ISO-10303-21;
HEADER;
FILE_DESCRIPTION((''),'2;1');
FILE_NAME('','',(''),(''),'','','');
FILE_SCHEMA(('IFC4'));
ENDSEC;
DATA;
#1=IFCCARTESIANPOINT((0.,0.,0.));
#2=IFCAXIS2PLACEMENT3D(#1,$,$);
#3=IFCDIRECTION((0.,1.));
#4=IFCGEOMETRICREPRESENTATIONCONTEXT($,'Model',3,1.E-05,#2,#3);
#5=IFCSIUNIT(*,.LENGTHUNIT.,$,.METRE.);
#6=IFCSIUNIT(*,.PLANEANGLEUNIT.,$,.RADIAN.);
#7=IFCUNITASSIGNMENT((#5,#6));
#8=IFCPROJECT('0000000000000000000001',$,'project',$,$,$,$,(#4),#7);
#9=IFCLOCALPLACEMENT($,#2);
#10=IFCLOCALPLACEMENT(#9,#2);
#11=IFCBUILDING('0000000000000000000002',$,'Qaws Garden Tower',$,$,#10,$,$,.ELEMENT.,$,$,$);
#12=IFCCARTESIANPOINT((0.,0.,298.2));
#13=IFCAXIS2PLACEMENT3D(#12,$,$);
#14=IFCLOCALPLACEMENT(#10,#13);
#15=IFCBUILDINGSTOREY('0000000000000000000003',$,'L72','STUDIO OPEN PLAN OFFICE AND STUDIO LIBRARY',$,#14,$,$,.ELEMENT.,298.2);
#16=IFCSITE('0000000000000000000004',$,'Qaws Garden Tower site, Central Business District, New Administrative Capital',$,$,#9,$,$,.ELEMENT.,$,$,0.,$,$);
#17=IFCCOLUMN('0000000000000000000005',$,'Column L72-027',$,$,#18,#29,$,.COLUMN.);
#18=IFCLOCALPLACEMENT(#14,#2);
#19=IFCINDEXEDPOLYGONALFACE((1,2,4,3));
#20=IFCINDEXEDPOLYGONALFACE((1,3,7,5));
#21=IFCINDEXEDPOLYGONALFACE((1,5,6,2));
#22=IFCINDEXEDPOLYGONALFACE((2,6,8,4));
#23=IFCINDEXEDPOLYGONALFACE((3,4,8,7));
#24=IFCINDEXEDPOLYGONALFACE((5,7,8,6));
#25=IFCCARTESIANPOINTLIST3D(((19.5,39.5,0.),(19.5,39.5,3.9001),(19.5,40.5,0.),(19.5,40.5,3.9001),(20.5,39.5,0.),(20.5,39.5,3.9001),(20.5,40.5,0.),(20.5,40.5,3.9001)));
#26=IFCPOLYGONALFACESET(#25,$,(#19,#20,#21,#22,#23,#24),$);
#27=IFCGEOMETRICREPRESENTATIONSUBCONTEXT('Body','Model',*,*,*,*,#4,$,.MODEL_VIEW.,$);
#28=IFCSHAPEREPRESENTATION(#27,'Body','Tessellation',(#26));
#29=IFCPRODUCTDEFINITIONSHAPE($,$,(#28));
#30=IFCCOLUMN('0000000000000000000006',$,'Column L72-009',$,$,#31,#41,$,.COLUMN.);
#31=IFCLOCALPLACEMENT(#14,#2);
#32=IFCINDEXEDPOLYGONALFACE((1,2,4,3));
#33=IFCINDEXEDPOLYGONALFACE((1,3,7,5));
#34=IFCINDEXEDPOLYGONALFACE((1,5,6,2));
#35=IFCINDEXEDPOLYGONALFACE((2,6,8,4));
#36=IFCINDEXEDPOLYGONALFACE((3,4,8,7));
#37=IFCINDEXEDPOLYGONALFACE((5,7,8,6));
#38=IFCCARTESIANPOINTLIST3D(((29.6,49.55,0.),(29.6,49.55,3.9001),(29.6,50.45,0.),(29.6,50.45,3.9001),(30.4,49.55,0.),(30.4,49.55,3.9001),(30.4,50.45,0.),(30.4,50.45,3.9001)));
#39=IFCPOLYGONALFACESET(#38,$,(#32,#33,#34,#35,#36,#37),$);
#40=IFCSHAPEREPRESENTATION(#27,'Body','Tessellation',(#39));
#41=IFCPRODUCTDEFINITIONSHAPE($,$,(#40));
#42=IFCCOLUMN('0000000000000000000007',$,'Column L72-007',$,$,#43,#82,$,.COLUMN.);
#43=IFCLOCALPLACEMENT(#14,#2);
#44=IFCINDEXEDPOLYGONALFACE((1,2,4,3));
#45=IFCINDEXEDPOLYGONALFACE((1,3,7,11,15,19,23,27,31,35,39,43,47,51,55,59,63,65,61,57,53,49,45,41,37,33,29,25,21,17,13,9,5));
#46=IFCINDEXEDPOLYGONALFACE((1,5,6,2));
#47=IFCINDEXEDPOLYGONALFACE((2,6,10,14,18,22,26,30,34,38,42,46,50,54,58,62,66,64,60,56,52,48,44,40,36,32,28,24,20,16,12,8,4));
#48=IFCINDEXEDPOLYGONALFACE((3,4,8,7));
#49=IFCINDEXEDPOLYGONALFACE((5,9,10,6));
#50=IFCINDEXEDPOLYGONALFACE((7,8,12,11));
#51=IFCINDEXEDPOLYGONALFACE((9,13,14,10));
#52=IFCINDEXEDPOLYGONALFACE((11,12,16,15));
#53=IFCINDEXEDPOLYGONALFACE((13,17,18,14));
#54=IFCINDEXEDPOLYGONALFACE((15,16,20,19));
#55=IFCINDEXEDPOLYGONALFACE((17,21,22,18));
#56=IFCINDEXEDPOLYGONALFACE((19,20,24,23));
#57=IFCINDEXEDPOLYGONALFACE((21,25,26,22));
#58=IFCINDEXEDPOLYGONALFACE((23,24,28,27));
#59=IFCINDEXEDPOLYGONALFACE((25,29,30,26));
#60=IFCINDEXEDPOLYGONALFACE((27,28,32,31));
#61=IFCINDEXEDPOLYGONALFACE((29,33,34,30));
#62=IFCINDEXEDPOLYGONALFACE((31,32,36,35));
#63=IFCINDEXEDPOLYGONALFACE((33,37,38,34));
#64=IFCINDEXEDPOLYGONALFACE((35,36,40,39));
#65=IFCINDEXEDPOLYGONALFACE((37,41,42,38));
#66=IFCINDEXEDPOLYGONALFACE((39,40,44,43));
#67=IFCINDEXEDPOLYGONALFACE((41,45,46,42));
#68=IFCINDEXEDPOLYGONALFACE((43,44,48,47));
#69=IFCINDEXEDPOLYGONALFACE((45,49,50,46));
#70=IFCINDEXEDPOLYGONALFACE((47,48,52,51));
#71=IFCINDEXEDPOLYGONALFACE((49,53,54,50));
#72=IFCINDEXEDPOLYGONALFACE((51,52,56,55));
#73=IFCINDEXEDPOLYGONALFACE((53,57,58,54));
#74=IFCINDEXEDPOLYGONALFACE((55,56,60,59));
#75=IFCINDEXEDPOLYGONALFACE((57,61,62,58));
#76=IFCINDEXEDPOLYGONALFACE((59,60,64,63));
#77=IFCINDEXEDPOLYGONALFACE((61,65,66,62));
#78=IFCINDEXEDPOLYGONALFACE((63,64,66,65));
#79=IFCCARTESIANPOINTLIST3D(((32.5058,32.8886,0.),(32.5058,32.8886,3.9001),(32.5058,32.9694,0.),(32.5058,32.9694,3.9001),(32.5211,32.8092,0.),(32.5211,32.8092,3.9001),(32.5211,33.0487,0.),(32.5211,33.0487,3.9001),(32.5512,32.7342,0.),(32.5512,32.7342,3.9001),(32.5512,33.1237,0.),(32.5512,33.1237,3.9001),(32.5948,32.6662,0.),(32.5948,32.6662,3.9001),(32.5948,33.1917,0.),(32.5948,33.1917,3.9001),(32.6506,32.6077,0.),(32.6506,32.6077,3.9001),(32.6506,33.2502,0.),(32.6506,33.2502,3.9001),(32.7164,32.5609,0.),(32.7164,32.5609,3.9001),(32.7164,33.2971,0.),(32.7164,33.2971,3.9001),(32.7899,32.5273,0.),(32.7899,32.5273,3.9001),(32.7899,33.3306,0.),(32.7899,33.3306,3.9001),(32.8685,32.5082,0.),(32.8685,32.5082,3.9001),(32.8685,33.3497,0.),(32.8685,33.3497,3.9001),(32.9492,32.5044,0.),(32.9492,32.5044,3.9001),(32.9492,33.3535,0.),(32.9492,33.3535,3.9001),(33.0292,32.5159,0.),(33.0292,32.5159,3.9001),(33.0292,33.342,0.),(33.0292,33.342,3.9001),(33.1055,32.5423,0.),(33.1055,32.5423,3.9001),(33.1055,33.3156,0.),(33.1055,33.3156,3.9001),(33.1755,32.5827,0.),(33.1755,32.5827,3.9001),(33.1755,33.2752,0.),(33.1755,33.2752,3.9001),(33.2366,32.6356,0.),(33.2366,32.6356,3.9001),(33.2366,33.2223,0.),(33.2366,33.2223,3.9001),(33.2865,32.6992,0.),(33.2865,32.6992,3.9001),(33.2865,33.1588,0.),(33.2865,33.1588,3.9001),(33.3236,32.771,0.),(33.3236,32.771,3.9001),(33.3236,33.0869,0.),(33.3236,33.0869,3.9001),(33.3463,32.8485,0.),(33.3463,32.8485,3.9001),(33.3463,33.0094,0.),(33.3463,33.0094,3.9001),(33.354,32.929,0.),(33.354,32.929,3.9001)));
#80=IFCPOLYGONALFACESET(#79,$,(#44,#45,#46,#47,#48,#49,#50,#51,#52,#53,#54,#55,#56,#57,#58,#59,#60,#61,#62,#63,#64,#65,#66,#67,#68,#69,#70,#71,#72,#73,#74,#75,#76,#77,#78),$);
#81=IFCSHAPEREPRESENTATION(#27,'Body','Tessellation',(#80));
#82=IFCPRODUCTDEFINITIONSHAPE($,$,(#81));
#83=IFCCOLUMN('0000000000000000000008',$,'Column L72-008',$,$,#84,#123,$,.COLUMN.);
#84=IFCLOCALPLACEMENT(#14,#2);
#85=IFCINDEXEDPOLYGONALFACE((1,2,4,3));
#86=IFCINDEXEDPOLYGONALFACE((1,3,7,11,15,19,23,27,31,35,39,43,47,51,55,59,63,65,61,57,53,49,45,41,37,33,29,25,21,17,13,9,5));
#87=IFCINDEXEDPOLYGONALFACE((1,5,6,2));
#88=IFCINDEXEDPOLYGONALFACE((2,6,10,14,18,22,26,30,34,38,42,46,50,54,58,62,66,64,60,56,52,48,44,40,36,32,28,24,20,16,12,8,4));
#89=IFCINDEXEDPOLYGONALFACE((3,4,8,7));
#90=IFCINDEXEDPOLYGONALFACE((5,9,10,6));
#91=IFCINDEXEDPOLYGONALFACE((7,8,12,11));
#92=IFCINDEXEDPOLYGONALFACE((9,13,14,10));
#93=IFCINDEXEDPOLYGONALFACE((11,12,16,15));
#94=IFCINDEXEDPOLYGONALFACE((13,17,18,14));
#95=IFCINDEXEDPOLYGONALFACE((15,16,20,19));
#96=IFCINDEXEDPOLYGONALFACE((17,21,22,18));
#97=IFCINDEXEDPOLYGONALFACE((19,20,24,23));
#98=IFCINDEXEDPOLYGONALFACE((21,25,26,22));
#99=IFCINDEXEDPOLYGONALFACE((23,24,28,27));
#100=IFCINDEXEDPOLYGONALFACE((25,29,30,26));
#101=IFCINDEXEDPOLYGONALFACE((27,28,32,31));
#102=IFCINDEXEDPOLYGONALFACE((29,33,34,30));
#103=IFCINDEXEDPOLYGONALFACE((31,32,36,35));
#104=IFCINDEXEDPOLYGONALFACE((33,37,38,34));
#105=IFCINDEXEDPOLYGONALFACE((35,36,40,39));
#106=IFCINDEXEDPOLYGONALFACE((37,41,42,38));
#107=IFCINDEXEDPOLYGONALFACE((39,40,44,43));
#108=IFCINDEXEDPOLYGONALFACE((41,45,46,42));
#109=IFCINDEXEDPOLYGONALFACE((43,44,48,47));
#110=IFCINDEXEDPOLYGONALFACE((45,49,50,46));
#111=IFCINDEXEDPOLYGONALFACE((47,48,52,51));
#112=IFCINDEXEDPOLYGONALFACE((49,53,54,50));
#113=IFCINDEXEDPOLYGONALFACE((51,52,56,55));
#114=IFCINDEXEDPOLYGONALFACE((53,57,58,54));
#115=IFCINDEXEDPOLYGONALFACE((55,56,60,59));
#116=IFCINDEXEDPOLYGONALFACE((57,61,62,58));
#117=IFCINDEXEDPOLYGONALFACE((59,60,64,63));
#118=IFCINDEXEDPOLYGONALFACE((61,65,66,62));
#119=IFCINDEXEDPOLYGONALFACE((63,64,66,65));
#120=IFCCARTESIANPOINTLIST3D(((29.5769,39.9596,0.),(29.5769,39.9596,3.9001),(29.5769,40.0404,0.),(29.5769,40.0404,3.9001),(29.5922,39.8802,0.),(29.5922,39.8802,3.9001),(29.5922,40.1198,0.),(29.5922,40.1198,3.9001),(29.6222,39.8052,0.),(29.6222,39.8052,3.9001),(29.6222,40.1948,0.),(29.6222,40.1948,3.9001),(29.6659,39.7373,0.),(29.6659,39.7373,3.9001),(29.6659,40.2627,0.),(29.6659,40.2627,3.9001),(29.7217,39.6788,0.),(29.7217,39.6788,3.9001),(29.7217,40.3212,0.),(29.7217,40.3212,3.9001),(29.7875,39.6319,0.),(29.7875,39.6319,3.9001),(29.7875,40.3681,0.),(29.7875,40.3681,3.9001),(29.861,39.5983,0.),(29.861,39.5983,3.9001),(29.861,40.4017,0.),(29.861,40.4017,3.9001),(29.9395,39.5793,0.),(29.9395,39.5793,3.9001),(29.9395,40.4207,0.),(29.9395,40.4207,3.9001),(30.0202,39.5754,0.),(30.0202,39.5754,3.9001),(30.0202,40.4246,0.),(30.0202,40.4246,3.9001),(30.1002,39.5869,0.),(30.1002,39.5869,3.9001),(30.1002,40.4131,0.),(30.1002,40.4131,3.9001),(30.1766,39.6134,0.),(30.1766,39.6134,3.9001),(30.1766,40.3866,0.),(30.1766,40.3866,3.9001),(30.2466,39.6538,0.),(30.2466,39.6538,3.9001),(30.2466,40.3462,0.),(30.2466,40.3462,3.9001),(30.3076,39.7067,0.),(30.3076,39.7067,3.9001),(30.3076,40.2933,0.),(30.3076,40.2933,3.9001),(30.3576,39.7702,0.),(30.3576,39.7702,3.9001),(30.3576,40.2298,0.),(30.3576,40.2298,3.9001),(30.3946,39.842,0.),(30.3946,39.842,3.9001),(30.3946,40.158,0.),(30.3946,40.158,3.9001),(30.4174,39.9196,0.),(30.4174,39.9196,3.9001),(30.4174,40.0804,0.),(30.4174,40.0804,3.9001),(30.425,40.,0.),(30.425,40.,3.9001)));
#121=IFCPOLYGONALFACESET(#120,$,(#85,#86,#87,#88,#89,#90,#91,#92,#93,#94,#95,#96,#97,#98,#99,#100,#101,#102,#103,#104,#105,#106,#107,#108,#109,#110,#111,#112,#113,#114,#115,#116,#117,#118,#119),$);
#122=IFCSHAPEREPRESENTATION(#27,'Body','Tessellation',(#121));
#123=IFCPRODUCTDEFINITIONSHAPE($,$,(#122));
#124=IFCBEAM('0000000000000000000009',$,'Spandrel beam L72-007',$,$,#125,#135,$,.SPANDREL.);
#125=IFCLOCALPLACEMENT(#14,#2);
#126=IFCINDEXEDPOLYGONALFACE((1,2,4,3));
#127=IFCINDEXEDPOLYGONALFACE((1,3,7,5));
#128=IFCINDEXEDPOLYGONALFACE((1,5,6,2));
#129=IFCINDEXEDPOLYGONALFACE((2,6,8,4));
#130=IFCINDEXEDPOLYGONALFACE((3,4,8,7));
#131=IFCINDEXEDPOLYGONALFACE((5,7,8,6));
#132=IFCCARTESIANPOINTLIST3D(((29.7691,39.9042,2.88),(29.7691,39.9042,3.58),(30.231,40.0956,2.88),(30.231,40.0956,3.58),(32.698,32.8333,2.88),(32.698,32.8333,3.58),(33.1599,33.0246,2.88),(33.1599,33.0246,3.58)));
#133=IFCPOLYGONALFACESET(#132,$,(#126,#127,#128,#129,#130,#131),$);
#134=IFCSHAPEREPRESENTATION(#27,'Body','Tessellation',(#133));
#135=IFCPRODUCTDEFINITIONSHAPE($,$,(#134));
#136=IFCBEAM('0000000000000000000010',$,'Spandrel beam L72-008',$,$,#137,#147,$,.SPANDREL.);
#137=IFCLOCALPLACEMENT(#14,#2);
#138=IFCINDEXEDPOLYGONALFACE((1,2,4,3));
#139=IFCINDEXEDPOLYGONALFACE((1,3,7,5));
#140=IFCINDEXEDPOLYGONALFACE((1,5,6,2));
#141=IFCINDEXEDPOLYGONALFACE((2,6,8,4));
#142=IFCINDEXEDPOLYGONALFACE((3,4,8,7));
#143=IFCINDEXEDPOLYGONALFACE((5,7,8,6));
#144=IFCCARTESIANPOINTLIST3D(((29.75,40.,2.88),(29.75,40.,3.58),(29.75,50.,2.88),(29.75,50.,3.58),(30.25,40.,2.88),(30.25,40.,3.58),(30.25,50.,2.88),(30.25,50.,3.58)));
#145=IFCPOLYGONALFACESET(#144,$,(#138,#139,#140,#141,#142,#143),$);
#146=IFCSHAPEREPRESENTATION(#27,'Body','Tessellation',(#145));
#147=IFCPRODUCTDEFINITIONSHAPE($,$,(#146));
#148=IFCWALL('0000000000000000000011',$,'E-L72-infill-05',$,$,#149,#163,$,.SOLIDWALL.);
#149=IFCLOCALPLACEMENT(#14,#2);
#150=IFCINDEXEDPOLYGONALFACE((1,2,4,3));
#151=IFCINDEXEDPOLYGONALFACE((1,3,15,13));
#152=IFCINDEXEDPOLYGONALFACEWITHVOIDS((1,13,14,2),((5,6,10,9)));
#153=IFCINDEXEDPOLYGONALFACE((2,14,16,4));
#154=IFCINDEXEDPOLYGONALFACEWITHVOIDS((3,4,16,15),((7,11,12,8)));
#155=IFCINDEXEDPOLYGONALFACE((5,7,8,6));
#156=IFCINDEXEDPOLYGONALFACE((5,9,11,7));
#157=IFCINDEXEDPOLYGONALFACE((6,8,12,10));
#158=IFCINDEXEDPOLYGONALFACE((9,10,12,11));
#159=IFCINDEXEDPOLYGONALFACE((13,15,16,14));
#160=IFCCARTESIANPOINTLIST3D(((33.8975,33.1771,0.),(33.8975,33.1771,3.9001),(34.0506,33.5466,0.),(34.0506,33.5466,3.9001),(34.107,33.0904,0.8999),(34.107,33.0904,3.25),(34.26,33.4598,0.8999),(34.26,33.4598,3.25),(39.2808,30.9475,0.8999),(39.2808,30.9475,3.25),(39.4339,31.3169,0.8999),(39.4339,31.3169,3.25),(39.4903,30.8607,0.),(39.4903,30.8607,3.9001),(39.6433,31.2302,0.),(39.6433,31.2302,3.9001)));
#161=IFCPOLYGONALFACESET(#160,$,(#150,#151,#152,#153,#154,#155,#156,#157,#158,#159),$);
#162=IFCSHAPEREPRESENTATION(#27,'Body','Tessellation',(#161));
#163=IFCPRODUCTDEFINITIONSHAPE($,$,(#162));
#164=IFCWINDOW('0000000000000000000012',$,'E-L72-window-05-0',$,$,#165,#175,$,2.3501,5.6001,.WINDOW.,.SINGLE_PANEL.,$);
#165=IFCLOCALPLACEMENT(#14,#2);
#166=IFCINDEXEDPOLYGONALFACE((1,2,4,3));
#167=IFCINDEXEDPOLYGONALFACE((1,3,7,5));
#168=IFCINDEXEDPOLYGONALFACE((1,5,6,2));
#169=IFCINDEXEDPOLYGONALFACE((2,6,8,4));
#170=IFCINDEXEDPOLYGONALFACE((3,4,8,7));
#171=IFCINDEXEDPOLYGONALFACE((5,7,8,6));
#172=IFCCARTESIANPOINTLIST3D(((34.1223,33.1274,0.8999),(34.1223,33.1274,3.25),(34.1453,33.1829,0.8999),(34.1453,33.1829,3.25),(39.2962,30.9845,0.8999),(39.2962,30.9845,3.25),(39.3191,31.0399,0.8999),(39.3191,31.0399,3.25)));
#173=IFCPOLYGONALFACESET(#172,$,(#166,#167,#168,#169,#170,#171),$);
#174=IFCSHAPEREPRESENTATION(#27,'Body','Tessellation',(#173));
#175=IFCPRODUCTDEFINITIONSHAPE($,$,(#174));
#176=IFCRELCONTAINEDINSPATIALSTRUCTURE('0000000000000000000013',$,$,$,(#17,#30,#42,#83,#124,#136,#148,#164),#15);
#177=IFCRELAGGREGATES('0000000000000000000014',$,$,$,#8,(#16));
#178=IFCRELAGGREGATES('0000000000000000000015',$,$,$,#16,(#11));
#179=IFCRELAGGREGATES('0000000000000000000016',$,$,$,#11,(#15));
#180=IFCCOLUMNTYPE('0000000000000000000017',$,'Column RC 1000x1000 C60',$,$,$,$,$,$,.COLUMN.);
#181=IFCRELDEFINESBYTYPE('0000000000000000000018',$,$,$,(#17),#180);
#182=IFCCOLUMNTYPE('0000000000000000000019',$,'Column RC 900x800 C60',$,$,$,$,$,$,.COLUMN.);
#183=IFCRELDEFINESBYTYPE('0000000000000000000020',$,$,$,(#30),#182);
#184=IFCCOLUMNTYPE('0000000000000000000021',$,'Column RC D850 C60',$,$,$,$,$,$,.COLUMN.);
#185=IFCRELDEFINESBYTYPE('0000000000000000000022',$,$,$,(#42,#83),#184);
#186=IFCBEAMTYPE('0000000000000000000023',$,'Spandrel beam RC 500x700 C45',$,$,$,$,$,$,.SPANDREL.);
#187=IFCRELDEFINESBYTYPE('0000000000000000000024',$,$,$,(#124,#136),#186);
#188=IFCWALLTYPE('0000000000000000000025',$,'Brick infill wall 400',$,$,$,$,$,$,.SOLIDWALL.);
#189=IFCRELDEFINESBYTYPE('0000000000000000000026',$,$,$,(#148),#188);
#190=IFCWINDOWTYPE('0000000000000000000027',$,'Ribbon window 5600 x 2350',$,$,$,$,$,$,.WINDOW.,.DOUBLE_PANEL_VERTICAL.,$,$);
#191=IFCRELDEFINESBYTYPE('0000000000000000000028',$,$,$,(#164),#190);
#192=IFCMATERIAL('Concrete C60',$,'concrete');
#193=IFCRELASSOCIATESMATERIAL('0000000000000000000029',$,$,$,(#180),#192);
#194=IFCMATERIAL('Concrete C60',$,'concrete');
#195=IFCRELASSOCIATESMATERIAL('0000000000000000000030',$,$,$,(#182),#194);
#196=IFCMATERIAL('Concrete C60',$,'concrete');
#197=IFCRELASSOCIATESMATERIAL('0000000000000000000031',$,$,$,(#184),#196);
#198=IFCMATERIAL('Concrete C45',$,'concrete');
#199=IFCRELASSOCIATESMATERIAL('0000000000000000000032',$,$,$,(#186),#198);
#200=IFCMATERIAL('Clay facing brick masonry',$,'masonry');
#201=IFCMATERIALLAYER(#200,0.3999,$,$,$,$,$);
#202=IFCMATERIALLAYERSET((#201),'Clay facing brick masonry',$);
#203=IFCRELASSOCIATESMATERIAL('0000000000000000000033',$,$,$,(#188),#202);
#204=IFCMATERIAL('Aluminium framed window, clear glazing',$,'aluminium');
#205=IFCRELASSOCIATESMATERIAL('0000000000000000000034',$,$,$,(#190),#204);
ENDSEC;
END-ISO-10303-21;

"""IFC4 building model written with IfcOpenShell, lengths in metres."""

from ifc_helpers import new_model, si_unit, direction, frame, frame_2d, origin, origin_2d, place, context, subcontext, project, spatial, rectangle, circle, extrude, material, layer, layer_set, material_profile, profile_set, type_object, element, fill, save


model = new_model("IFC4")

# Units and contexts
model_context = context("Model", 3, precision=1e-05, world=origin(), true_north=direction((0.0, 1.0)))
body_context = subcontext(model_context, "Body", "Model", "MODEL_VIEW")
ifc_project = project(units=[si_unit("LENGTHUNIT", "METRE"), si_unit("PLANEANGLEUNIT", "RADIAN")], contexts=[model_context])

# Site, building, storey
site_placement = place(None, origin())
site = spatial("IfcSite", under=ifc_project, at=site_placement, Name="Qaws Garden Tower site, Central Business District, New Administrative Capital", CompositionType="ELEMENT", RefElevation=0.0)
building_placement = place(site_placement, origin())
building = spatial("IfcBuilding", under=site, at=building_placement, Name="Qaws Garden Tower", CompositionType="ELEMENT")
storey_placement = place(building_placement, frame((0.0, 0.0, 298.2)))
storey = spatial("IfcBuildingStorey", under=building, at=storey_placement, Name="L72", Description="STUDIO OPEN PLAN OFFICE AND STUDIO LIBRARY", CompositionType="ELEMENT", Elevation=298.2)

# Columns
ifc_material_1 = material(Name="Concrete C60", Category="concrete")
ifc_material_profile_1 = material_profile(ifc_material_1, rectangle(XDim=1.0, YDim=1.0, at=origin_2d()), Name="RC 1000x1000")
ifc_profile_set_1 = profile_set([ifc_material_profile_1], Name="Concrete C60")
column_type_1 = type_object("IfcColumnType", Name="Column RC 1000x1000 C60", PredefinedType="COLUMN", material=ifc_profile_set_1)
column_1_placement = place(storey_placement, frame((20.0, 40.0, 0.0), z_axis=(0.0, 0.0, 1.0), x_axis=(1.0, 0.0, 0.0)))
element("IfcColumn", 1, at=column_1_placement, inside=storey, type_object=column_type_1, Name="Column L72-027", PredefinedType="COLUMN", context=body_context, shape_type="SweptSolid", body=[
    extrude(rectangle(XDim=1.0, YDim=1.0, at=origin_2d()), origin(), (0.0, 0.0, 1.0), 3.9001),
])
ifc_material_2 = material(Name="Concrete C60", Category="concrete")
ifc_material_profile_2 = material_profile(ifc_material_2, rectangle(XDim=0.8999, YDim=0.8, at=origin_2d()), Name="RC 900x800")
ifc_profile_set_2 = profile_set([ifc_material_profile_2], Name="Concrete C60")
column_type_2 = type_object("IfcColumnType", Name="Column RC 900x800 C60", PredefinedType="COLUMN", material=ifc_profile_set_2)
column_2_placement = place(storey_placement, frame((30.0, 50.0, 0.0), z_axis=(0.0, 0.0, 1.0), x_axis=(0.0, 1.0, 0.0)))
element("IfcColumn", 2, at=column_2_placement, inside=storey, type_object=column_type_2, Name="Column L72-009", PredefinedType="COLUMN", context=body_context, shape_type="SweptSolid", body=[
    extrude(rectangle(XDim=0.8999, YDim=0.8, at=origin_2d()), origin(), (0.0, 0.0, 1.0), 3.9001),
])
ifc_material_3 = material(Name="Concrete C60", Category="concrete")
ifc_material_profile_3 = material_profile(ifc_material_3, circle(Radius=0.425, at=origin_2d()), Name="RC D850")
ifc_profile_set_3 = profile_set([ifc_material_profile_3], Name="Concrete C60")
column_type_3 = type_object("IfcColumnType", Name="Column RC D850 C60", PredefinedType="COLUMN", material=ifc_profile_set_3)
for number, where, z_axis, x_axis, name in (
    (3, (32.929, 32.929, 0.0), (0.0, 0.0, 1.0), (1.0, 0.0, 0.0), "Column L72-007"),
    (4, (30.0, 40.0, 0.0), (0.0, 0.0, 1.0), (1.0, 0.0, 0.0), "Column L72-008"),
):
    element("IfcColumn", number, at=place(storey_placement, frame(where, z_axis=z_axis, x_axis=x_axis)), inside=storey, type_object=column_type_3, Name=name, PredefinedType="COLUMN", context=body_context, shape_type="SweptSolid", body=[
        extrude(circle(Radius=0.425, at=origin_2d()), origin(), (0.0, 0.0, 1.0), 3.9001),
    ])

# Beams
ifc_material_4 = material(Name="Concrete C45", Category="concrete")
ifc_material_profile_4 = material_profile(ifc_material_4, rectangle(XDim=0.5, YDim=0.7, at=origin_2d()), Name="RC 500x700")
ifc_profile_set_4 = profile_set([ifc_material_profile_4], Name="Concrete C45")
beam_type = type_object("IfcBeamType", Name="Spandrel beam RC 500x700 C45", PredefinedType="SPANDREL", material=ifc_profile_set_4)
beam_1_placement = place(storey_placement, frame((32.929, 32.929, 3.23), z_axis=(-0.382687, 0.923878, 0.0), x_axis=(-0.923878, -0.382687, 0.0)))
element("IfcBeam", 5, at=beam_1_placement, inside=storey, type_object=beam_type, Name="Spandrel beam L72-007", PredefinedType="SPANDREL", context=body_context, shape_type="SweptSolid", body=[
    extrude(rectangle(XDim=0.5, YDim=0.7, at=origin_2d()), origin(), (0.0, 0.0, 1.0), 7.6536),
])
beam_2_placement = place(storey_placement, frame((30.0, 40.0, 3.23), z_axis=(0.0, 1.0, 0.0), x_axis=(-1.0, 0.0, 0.0)))
element("IfcBeam", 6, at=beam_2_placement, inside=storey, type_object=beam_type, Name="Spandrel beam L72-008", PredefinedType="SPANDREL", context=body_context, shape_type="SweptSolid", body=[
    extrude(rectangle(XDim=0.5, YDim=0.7, at=origin_2d()), origin(), (0.0, 0.0, 1.0), 10.0),
])

# Wall, opening, window
ifc_material_5 = material(Name="Clay facing brick masonry", Category="masonry")
ifc_layer_1 = layer(ifc_material_5, 0.3999)
ifc_layer_set_1 = layer_set([ifc_layer_1], Name="Clay facing brick masonry")
wall_type_1 = type_object("IfcWallType", Name="Brick infill wall 400", PredefinedType="SOLIDWALL", material=ifc_layer_set_1)
wall_1_placement = place(storey_placement, frame((39.5669, 31.0454, 0.0), z_axis=(0.0, 0.0, 1.0), x_axis=(-0.923891, 0.382656, 0.0)))
wall_1 = element("IfcWall", 7, at=wall_1_placement, inside=storey, type_object=wall_type_1, Name="E-L72-infill-05", PredefinedType="SOLIDWALL", context=body_context, shape_type="SweptSolid", body=[
    extrude(rectangle(XDim=6.0535, YDim=0.3999, at=frame_2d((3.0269, 0.0))), origin(), (0.0, 0.0, 1.0), 3.9001),
])
opening_1_placement = place(wall_1_placement, frame((0.2268, 0.0, 0.8999)))
opening_1 = element("IfcOpeningElement", 8, at=opening_1_placement, cuts=wall_1, PredefinedType="OPENING", context=body_context, shape_type="SweptSolid", body=[
    extrude(rectangle(XDim=5.6001, YDim=2.3501, at=frame_2d((2.8, 1.175))), frame((0.0, 0.21, 0.0), z_axis=(0.0, -1.0, 0.0), x_axis=(1.0, 0.0, 0.0)), (0.0, 0.0, 1.0), 0.4199),
])
ifc_material_6 = material(Name="Aluminium framed window, clear glazing", Category="aluminium")
window_type_1 = type_object("IfcWindowType", Name="Ribbon window 5600 x 2350", PartitioningType="DOUBLE_PANEL_VERTICAL", PredefinedType="WINDOW", material=ifc_material_6)
window_1_placement = place(opening_1_placement, origin())
window_1 = element("IfcWindow", 9, at=window_1_placement, inside=storey, type_object=window_type_1, Name="E-L72-window-05-0", OverallHeight=2.3501, OverallWidth=5.6001, PartitioningType="SINGLE_PANEL", PredefinedType="WINDOW", context=body_context, shape_type="SweptSolid", body=[
    extrude(rectangle(XDim=5.6001, YDim=2.3501, at=frame_2d((2.8, 1.175))), frame((0.0, 0.1599, 0.0), z_axis=(0.0, -1.0, 0.0), x_axis=(1.0, 0.0, 0.0)), (0.0, 0.0, 1.0), 0.0601),
])
fill(opening_1, window_1)

save(model, "model.ifc")
